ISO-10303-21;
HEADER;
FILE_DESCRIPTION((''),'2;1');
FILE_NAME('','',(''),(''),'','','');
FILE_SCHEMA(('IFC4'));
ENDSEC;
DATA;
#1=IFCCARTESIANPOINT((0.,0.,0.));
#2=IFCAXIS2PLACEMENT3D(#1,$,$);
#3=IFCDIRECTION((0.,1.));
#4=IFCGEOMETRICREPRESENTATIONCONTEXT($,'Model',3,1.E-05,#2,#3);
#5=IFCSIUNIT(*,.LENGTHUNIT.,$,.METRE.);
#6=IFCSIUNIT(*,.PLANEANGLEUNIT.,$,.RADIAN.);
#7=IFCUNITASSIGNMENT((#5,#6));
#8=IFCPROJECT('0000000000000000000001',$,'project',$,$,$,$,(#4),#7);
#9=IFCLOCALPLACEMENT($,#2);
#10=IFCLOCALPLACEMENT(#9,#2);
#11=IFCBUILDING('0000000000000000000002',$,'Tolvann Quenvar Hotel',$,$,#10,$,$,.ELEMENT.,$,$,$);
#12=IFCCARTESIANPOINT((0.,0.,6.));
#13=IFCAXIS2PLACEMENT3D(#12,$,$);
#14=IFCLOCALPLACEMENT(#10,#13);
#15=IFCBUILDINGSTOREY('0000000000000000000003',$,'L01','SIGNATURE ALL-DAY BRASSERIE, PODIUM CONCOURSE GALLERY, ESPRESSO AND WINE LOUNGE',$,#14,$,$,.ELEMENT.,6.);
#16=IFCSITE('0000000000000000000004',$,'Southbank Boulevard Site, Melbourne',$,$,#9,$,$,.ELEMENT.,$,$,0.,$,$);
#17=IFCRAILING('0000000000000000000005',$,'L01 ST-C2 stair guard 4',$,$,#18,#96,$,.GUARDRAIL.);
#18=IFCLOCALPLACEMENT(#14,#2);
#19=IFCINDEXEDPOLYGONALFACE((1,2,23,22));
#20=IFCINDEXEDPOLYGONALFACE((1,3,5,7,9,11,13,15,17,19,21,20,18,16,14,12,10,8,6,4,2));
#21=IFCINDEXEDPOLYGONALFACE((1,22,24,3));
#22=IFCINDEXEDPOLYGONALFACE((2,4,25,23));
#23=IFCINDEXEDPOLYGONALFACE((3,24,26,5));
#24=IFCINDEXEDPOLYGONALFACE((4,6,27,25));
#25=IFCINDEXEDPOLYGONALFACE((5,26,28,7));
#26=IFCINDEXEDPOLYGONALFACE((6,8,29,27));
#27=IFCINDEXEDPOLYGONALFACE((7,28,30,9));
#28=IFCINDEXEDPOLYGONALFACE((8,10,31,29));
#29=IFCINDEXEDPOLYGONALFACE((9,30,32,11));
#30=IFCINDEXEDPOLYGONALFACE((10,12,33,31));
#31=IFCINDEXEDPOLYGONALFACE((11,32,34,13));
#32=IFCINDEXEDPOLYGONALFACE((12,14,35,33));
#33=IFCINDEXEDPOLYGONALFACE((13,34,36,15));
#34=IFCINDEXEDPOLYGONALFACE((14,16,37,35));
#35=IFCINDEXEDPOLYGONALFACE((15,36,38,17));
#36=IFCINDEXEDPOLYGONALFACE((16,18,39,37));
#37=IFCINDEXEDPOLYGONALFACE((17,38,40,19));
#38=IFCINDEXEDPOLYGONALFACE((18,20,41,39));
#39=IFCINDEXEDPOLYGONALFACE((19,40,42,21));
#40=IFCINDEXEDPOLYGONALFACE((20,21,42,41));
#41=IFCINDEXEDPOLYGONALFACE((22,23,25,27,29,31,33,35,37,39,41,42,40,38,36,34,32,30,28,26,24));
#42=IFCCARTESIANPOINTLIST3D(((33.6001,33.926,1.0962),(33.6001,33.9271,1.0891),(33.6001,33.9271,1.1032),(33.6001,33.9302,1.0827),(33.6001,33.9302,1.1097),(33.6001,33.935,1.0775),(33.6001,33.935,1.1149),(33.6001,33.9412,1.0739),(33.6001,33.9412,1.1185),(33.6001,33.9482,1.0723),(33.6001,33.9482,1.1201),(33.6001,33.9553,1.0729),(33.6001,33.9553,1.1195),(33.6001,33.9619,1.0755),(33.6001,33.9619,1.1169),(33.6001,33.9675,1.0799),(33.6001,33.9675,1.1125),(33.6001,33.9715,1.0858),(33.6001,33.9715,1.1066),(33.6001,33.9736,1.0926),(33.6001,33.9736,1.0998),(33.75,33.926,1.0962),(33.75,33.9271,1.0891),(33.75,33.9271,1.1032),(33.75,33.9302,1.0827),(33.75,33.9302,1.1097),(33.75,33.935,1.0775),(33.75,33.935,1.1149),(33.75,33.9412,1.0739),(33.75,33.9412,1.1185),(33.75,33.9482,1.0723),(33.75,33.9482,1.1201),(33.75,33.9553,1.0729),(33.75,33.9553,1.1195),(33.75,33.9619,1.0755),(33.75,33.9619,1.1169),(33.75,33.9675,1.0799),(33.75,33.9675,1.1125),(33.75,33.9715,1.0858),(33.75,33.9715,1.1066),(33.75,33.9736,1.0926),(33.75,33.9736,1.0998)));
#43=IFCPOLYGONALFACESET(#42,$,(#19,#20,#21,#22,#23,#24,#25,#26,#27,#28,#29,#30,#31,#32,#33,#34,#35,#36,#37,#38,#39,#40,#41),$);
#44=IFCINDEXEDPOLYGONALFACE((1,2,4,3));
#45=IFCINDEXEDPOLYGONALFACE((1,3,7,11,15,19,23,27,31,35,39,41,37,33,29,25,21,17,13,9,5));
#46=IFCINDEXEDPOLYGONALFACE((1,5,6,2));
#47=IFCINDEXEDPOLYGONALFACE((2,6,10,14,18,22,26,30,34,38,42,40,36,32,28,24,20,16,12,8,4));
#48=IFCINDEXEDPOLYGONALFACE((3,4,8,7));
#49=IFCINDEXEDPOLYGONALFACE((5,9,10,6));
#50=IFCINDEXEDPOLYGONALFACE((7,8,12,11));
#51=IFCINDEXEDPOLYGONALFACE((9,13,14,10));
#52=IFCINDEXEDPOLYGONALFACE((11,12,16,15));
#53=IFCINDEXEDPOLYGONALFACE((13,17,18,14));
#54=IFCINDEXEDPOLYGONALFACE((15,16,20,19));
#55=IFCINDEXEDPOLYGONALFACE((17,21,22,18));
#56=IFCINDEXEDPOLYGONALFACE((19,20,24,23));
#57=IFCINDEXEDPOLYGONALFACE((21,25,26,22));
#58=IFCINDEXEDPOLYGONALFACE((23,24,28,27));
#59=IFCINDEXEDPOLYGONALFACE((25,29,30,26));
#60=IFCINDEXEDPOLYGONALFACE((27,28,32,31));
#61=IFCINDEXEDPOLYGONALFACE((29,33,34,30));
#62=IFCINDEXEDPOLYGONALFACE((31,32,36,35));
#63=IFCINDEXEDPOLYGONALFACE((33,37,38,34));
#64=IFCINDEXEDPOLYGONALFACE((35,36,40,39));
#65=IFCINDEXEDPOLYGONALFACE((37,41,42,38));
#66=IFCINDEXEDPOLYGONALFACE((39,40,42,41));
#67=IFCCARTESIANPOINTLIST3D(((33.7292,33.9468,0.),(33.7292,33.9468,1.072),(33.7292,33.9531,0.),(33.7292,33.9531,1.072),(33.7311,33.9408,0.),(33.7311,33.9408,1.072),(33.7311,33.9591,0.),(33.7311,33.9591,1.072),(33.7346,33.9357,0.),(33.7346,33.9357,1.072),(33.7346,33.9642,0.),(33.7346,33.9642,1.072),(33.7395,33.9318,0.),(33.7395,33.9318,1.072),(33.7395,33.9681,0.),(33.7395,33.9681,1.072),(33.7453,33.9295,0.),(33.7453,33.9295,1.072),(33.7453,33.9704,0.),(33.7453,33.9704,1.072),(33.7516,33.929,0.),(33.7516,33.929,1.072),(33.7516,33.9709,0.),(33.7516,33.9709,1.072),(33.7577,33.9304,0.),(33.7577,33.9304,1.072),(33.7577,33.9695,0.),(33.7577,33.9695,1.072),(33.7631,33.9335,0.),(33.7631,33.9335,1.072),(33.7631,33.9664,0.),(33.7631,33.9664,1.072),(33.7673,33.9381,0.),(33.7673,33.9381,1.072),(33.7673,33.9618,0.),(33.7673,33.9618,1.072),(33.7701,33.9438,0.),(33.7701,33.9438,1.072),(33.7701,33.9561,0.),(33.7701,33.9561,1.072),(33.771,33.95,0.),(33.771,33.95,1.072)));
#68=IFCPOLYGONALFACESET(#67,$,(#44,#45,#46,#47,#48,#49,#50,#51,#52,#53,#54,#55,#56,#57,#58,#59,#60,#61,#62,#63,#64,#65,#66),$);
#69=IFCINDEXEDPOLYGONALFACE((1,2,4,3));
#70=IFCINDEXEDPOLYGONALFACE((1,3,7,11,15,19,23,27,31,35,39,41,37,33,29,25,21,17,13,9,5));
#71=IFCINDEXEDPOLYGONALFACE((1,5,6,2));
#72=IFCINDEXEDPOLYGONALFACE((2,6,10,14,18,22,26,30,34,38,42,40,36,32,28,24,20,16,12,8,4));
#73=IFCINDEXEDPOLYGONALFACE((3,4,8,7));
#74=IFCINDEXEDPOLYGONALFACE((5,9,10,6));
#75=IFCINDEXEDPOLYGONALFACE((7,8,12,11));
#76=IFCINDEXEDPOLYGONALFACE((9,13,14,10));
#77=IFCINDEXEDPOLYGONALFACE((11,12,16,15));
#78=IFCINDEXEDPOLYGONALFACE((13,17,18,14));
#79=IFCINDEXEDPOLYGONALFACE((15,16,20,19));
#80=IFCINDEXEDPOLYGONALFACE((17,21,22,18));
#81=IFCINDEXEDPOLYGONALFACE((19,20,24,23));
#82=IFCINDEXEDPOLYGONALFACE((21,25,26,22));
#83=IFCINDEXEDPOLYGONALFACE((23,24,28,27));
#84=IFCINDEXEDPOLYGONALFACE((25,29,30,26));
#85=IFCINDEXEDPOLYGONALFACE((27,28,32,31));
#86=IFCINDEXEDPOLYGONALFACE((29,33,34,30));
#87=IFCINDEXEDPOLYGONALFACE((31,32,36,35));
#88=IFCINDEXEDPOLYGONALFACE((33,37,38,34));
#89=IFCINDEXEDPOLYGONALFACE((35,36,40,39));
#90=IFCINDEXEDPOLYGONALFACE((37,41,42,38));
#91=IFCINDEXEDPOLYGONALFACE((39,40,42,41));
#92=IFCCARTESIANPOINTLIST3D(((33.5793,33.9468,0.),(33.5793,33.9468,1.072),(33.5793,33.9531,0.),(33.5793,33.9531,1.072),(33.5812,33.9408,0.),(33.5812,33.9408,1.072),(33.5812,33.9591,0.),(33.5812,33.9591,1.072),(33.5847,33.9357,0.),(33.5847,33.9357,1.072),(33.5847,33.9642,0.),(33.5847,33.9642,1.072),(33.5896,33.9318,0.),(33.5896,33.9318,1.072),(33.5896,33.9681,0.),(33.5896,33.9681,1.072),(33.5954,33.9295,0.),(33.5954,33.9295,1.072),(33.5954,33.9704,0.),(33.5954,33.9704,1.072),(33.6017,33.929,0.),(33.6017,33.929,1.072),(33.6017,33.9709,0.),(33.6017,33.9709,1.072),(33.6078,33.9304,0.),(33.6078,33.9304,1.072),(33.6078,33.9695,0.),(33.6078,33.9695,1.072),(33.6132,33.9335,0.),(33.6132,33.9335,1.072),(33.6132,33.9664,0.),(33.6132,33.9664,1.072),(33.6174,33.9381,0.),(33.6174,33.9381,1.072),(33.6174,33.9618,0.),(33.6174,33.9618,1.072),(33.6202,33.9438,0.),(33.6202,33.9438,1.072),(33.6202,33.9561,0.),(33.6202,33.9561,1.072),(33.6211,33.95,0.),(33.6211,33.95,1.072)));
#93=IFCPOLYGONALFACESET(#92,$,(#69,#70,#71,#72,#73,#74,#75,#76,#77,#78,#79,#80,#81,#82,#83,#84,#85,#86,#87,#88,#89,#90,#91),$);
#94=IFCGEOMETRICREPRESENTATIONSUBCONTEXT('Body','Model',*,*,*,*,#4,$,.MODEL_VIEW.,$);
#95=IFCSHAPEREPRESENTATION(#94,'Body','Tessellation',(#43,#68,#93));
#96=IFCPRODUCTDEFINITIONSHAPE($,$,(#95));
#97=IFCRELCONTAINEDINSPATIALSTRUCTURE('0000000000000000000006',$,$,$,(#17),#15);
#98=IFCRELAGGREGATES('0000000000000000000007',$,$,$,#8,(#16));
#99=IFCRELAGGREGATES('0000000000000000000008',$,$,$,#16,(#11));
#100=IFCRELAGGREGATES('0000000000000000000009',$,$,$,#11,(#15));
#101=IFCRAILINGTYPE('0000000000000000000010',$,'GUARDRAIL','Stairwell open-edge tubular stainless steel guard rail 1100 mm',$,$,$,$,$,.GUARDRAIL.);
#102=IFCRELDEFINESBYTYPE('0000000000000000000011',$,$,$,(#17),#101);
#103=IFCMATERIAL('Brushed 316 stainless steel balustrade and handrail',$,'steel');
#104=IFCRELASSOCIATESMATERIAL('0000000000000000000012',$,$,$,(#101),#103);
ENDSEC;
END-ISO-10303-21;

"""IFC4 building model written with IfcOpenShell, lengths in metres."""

from ifc_helpers import new_model, si_unit, direction, frame, origin, origin_2d, place, context, subcontext, project, spatial, circle, extrude, material, type_object, element, save


model = new_model("IFC4")

# Units and contexts
model_context = context("Model", 3, precision=1e-05, world=origin(), true_north=direction((0.0, 1.0)))
body_context = subcontext(model_context, "Body", "Model", "MODEL_VIEW")
ifc_project = project(units=[si_unit("LENGTHUNIT", "METRE"), si_unit("PLANEANGLEUNIT", "RADIAN")], contexts=[model_context])

# Site, building, storey
site_placement = place(None, origin())
site = spatial("IfcSite", under=ifc_project, at=site_placement, Name="Southbank Boulevard Site, Melbourne", CompositionType="ELEMENT", RefElevation=0.0)
building_placement = place(site_placement, origin())
building = spatial("IfcBuilding", under=site, at=building_placement, Name="Tolvann Quenvar Hotel", CompositionType="ELEMENT")
storey_placement = place(building_placement, frame((0.0, 0.0, 6.0)))
storey = spatial("IfcBuildingStorey", under=building, at=storey_placement, Name="L01", Description="SIGNATURE ALL-DAY BRASSERIE, PODIUM CONCOURSE GALLERY, ESPRESSO AND WINE LOUNGE", CompositionType="ELEMENT", Elevation=6.0)

# Railing
ifc_material_1 = material(Name="Brushed 316 stainless steel balustrade and handrail", Category="steel")
railing_type = type_object("IfcRailingType", Name="GUARDRAIL", Description="Stairwell open-edge tubular stainless steel guard rail 1100 mm", PredefinedType="GUARDRAIL", material=ifc_material_1)
railing_1_placement = place(storey_placement, frame((33.75, 33.95, 0.0)))
element("IfcRailing", 1, at=railing_1_placement, inside=storey, type_object=railing_type, Name="L01 ST-C2 stair guard 4", PredefinedType="GUARDRAIL", context=body_context, shape_type="SweptSolid", body=[
    extrude(circle(Radius=0.0239, at=origin_2d()), frame((0.0, 0.0, 1.0962), z_axis=(-1.0, 0.0, 0.0), x_axis=(0.0, -1.0, 0.0)), (0.0, 0.0, 1.0), 0.1499),
    extrude(circle(Radius=0.021, at=origin_2d()), origin(), (0.0, 0.0, 1.0), 1.072),
    extrude(circle(Radius=0.021, at=origin_2d()), frame((-0.1499, 0.0, 0.0)), (0.0, 0.0, 1.0), 1.072),
])

save(model, "model.ifc")
